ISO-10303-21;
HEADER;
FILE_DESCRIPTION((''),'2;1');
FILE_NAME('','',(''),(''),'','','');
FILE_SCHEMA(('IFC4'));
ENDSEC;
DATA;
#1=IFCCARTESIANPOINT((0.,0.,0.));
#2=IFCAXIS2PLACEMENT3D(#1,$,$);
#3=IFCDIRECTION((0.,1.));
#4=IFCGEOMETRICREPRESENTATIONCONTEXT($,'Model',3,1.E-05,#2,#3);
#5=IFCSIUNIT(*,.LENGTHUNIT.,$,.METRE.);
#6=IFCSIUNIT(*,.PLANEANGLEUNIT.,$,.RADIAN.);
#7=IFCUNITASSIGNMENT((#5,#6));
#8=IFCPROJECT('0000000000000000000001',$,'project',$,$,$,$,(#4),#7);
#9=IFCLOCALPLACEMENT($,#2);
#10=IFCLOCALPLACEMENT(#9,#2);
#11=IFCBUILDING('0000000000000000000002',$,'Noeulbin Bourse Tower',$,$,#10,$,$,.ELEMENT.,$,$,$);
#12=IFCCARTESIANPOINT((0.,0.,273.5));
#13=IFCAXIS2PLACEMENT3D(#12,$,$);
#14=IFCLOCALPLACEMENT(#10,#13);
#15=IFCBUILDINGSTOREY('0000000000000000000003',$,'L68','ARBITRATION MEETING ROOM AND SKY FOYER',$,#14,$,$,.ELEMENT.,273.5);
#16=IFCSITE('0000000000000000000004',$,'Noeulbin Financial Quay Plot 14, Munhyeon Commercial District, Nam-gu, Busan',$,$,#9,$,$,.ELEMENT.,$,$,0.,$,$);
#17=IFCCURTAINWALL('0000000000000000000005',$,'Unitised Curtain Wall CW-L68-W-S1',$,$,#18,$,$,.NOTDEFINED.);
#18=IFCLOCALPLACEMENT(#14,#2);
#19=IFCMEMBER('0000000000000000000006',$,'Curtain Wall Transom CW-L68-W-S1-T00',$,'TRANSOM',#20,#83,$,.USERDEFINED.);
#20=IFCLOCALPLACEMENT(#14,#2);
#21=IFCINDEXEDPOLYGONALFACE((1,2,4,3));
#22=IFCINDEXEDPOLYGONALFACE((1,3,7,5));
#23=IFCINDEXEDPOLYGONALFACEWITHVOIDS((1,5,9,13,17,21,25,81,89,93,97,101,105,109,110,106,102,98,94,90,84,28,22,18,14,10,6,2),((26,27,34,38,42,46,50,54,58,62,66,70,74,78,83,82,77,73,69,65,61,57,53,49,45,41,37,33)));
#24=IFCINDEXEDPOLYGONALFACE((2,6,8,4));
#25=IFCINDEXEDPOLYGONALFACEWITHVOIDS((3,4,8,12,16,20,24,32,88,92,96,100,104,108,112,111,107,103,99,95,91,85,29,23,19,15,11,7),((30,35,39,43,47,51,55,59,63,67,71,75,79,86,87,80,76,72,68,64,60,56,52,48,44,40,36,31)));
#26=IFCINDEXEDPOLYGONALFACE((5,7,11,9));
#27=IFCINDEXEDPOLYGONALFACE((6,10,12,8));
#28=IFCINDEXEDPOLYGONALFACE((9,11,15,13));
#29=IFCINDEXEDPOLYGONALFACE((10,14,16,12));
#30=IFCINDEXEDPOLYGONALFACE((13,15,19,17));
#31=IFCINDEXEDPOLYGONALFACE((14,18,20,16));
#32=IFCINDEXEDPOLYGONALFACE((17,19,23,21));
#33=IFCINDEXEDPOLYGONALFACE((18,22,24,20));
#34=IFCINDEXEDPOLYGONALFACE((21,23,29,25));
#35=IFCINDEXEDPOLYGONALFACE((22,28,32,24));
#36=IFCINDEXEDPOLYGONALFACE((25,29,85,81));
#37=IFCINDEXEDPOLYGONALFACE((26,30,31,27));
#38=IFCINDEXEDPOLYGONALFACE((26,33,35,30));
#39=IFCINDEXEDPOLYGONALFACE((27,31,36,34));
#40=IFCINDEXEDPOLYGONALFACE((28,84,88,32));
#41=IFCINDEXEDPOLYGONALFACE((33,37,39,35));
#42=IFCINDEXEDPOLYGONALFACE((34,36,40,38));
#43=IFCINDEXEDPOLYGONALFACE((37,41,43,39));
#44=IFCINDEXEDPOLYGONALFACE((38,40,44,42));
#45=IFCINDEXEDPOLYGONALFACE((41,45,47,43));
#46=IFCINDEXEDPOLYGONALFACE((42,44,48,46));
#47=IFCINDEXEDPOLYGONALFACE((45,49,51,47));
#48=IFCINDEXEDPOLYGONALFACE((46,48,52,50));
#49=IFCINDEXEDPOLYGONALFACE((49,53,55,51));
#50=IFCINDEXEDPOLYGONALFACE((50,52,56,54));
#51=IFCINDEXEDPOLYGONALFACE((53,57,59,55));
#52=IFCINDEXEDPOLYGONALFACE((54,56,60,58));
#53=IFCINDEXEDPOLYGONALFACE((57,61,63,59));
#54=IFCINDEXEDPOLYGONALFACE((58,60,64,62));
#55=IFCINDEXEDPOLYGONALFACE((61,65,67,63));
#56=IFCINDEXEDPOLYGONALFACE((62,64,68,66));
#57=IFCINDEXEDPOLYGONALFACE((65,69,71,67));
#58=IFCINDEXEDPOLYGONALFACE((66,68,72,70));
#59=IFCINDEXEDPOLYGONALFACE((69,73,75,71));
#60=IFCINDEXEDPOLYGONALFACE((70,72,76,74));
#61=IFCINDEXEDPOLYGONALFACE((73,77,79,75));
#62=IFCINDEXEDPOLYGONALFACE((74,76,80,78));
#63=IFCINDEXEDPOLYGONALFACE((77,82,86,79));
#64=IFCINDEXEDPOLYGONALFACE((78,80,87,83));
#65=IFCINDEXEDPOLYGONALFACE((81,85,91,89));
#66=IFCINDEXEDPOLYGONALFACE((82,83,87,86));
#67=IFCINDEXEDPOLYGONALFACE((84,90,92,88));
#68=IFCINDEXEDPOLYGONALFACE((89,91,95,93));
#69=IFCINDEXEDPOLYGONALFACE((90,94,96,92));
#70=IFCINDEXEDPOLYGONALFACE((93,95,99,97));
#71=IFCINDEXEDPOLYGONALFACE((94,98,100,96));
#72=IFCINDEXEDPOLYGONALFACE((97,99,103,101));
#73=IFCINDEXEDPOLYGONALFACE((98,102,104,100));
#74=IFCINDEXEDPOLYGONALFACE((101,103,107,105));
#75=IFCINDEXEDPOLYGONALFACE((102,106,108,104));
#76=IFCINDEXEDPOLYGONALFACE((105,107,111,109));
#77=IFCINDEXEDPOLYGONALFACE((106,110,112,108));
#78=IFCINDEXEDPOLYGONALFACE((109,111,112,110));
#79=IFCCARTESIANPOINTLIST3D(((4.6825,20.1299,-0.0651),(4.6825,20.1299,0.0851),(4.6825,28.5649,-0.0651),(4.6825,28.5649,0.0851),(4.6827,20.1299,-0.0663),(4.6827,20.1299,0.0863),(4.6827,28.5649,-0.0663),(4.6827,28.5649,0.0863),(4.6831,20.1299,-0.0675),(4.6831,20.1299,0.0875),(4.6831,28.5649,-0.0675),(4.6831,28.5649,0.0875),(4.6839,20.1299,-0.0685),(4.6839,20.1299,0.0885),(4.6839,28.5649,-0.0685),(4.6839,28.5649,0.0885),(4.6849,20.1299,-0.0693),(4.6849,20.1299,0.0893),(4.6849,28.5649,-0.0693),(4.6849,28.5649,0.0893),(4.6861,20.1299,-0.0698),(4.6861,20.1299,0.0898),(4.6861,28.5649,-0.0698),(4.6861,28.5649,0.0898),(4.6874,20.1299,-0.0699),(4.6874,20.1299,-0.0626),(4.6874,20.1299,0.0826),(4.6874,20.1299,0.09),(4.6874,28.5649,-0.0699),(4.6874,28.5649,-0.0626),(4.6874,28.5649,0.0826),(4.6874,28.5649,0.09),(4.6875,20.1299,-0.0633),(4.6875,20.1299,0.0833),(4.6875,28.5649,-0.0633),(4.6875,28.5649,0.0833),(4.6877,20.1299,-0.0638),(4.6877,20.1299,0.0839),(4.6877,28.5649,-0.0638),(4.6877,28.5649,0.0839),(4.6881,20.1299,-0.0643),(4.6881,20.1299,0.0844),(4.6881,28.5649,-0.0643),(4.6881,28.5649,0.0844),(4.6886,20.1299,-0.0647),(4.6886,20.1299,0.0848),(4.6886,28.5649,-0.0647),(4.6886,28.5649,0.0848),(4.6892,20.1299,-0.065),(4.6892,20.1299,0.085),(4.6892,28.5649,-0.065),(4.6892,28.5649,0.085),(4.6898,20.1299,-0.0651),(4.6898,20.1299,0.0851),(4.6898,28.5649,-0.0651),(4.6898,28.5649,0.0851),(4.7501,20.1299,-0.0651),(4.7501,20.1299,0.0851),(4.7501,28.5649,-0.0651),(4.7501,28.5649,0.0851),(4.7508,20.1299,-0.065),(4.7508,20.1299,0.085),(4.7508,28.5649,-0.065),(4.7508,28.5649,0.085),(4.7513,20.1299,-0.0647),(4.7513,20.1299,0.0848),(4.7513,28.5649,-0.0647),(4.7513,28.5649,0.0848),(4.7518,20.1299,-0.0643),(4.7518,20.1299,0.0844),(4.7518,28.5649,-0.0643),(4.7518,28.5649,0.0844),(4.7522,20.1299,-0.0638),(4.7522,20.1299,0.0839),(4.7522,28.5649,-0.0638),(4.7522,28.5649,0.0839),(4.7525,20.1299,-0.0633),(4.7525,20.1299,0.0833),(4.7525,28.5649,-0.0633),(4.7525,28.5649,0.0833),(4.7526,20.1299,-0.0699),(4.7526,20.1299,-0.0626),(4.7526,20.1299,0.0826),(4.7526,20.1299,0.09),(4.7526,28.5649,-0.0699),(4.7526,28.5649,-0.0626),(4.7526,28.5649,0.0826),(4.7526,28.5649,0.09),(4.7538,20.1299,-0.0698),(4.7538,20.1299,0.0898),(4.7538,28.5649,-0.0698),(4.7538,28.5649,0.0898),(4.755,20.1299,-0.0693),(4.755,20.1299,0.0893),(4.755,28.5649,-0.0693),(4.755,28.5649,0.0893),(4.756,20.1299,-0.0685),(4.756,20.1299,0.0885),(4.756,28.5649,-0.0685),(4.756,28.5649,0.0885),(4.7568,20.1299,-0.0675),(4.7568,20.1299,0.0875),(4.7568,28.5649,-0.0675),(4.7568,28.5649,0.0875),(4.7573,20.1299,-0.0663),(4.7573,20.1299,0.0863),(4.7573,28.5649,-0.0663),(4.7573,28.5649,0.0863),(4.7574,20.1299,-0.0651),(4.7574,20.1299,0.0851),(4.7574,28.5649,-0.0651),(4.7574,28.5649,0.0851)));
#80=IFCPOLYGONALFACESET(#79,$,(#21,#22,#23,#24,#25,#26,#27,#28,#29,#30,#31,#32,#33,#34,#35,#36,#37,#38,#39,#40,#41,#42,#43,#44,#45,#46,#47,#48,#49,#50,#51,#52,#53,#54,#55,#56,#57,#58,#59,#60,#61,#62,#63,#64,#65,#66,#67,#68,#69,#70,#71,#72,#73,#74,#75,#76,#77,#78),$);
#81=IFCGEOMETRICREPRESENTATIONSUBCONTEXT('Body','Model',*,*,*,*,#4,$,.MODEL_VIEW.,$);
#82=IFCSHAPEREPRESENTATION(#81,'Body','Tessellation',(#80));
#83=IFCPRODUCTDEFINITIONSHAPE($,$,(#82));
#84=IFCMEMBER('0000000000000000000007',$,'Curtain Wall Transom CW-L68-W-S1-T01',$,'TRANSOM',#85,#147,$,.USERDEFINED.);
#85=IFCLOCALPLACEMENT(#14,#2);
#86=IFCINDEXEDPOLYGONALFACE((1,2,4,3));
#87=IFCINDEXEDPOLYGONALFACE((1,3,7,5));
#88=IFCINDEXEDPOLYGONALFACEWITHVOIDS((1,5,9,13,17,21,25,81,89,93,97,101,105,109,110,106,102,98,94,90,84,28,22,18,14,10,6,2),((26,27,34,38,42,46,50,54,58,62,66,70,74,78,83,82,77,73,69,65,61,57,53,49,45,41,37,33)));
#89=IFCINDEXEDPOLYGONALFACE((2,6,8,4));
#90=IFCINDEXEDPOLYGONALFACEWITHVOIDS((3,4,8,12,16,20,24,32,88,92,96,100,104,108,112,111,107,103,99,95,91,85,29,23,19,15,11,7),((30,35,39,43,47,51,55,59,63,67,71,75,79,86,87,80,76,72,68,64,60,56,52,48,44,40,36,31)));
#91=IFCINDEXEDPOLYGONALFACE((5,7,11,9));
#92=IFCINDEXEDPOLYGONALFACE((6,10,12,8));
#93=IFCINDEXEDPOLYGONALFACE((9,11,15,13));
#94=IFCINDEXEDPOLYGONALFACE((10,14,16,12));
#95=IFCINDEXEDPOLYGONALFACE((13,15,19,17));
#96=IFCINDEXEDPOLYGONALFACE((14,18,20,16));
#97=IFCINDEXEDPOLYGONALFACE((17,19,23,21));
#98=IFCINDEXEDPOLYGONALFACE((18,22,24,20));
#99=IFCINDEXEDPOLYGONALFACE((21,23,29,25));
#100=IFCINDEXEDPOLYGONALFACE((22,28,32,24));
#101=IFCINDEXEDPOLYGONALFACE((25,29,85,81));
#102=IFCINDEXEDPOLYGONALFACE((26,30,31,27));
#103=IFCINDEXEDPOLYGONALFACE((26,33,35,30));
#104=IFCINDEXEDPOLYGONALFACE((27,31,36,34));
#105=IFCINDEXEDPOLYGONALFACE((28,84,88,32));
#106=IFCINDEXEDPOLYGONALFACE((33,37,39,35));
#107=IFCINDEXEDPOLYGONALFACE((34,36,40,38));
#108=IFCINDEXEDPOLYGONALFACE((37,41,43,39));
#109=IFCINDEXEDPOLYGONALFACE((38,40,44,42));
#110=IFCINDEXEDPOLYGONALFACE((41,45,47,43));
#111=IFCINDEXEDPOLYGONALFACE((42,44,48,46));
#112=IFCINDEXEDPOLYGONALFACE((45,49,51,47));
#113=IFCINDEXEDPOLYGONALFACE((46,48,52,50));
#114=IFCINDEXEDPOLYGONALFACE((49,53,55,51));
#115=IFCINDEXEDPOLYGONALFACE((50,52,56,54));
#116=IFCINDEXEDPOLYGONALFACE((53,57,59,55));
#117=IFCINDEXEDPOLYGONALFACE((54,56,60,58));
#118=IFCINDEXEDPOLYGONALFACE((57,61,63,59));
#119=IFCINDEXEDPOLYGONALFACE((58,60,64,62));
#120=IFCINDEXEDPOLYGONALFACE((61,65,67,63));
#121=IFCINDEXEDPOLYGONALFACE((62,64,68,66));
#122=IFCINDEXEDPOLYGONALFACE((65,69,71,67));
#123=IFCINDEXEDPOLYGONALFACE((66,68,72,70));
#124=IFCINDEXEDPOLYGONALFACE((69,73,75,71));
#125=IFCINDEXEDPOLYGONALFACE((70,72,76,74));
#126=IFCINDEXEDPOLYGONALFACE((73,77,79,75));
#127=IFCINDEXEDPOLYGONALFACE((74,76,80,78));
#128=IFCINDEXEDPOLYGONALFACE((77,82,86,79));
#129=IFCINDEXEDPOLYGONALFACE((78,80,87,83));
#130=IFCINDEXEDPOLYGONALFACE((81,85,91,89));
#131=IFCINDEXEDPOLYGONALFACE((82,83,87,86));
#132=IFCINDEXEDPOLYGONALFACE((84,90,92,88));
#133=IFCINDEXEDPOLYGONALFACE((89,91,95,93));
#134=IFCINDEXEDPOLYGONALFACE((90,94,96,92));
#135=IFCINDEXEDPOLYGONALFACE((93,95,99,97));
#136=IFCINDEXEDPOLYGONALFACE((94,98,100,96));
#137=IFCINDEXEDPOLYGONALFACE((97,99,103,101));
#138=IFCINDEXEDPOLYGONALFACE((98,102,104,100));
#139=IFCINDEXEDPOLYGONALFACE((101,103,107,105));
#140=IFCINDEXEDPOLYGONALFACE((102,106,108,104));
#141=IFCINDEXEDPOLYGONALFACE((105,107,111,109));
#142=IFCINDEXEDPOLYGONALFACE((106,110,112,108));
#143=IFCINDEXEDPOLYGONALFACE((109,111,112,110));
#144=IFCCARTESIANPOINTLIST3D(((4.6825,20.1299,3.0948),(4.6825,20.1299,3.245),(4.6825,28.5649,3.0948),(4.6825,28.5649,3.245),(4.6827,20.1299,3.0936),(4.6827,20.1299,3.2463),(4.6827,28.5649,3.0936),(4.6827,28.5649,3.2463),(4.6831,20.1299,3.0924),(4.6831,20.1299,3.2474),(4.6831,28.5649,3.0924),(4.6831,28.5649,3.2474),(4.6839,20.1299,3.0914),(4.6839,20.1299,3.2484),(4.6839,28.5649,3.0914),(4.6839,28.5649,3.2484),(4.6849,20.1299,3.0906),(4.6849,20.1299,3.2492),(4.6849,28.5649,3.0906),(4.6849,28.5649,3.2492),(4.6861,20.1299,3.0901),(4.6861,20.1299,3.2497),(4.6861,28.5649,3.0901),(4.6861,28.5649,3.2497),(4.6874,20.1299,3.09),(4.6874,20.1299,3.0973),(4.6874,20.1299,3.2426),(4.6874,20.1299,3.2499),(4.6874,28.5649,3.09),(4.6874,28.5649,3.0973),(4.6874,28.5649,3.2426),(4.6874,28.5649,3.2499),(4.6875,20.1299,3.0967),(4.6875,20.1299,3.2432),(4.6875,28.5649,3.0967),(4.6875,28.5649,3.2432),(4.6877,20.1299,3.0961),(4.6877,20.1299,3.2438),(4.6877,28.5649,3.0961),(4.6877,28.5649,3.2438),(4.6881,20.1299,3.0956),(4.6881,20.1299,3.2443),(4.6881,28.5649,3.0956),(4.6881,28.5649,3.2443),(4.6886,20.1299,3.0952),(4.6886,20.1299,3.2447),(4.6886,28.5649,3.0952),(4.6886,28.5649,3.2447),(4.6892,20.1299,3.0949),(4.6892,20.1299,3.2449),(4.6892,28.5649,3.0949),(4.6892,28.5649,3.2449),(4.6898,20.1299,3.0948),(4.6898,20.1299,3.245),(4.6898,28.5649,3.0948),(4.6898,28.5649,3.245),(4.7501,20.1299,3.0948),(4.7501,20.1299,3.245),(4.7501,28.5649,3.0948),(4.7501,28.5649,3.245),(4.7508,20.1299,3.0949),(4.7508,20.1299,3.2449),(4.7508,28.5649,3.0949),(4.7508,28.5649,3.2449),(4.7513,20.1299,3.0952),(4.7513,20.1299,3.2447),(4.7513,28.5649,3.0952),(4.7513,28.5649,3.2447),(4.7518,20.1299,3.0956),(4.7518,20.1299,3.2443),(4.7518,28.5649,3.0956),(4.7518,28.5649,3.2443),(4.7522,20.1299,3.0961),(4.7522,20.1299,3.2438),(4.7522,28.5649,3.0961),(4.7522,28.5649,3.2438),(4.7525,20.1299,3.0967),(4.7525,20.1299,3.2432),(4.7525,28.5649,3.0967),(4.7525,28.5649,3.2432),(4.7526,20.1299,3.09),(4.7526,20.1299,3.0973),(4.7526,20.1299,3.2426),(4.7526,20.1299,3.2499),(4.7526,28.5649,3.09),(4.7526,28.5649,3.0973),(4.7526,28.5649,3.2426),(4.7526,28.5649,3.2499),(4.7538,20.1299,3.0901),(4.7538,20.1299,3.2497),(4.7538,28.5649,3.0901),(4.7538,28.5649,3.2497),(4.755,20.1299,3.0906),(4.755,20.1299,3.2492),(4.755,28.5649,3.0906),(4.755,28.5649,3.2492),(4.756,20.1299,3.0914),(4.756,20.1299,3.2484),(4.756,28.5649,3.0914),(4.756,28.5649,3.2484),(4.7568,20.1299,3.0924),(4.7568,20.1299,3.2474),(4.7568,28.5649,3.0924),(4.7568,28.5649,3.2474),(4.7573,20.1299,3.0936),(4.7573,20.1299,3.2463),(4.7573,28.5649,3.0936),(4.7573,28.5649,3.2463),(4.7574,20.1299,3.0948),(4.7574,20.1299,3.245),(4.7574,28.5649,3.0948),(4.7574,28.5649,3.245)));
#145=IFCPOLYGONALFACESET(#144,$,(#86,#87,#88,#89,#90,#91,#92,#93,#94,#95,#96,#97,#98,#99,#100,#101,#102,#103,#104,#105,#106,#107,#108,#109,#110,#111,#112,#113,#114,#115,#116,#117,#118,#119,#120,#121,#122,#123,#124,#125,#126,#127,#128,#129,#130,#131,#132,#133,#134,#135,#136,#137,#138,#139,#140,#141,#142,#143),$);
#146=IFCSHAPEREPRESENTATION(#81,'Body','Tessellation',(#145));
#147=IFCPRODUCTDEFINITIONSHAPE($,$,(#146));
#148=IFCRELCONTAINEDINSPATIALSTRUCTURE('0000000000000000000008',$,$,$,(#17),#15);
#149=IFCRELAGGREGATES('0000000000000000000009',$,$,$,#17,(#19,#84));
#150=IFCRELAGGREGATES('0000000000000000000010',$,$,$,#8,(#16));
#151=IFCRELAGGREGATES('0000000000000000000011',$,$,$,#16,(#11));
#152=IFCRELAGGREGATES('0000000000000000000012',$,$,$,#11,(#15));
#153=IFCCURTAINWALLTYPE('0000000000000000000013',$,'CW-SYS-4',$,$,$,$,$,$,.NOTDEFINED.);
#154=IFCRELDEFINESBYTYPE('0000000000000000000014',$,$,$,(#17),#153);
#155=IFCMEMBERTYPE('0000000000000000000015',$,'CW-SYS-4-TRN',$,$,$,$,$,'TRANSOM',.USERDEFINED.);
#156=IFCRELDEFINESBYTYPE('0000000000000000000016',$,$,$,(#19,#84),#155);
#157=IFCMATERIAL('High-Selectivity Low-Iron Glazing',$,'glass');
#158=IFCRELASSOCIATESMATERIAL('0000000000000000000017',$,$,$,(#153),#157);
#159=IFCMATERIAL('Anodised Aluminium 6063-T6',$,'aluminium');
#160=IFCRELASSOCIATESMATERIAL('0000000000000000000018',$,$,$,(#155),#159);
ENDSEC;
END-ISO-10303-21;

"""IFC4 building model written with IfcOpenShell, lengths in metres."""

from ifc_helpers import new_model, si_unit, direction, frame, origin, origin_2d, place, context, subcontext, project, spatial, hollow_rectangle, extrude, material, material_profile, profile_set, type_object, element, aggregate, save


model = new_model("IFC4")

# Units and contexts
model_context = context("Model", 3, precision=1e-05, world=origin(), true_north=direction((0.0, 1.0)))
body_context = subcontext(model_context, "Body", "Model", "MODEL_VIEW")
ifc_project = project(units=[si_unit("LENGTHUNIT", "METRE"), si_unit("PLANEANGLEUNIT", "RADIAN")], contexts=[model_context])

# Site, building, storey
site_placement = place(None, origin())
site = spatial("IfcSite", under=ifc_project, at=site_placement, Name="Noeulbin Financial Quay Plot 14, Munhyeon Commercial District, Nam-gu, Busan", CompositionType="ELEMENT", RefElevation=0.0)
building_placement = place(site_placement, origin())
building = spatial("IfcBuilding", under=site, at=building_placement, Name="Noeulbin Bourse Tower", CompositionType="ELEMENT")
storey_placement = place(building_placement, frame((0.0, 0.0, 273.5)))
storey = spatial("IfcBuildingStorey", under=building, at=storey_placement, Name="L68", Description="ARBITRATION MEETING ROOM AND SKY FOYER", CompositionType="ELEMENT", Elevation=273.5)

# Curtain wall
ifc_material_1 = material(Name="High-Selectivity Low-Iron Glazing", Category="glass")
curtain_wall_type = type_object("IfcCurtainWallType", Name="CW-SYS-4", PredefinedType="NOTDEFINED", material=ifc_material_1)
curtain_wall_1_placement = place(storey_placement, origin())
curtain_wall_1 = element("IfcCurtainWall", 1, at=curtain_wall_1_placement, inside=storey, type_object=curtain_wall_type, Name="Unitised Curtain Wall CW-L68-W-S1", PredefinedType="NOTDEFINED")
ifc_material_2 = material(Name="Anodised Aluminium 6063-T6", Category="aluminium")

# Members
ifc_material_profile_1 = material_profile(ifc_material_2, hollow_rectangle(XDim=0.075, YDim=0.1599, WallThickness=0.0049, InnerFilletRadius=0.0024, OuterFilletRadius=0.0049, at=origin_2d()), Name="ALU-TRAN-75x160x5", Category="LoadBearing")
ifc_profile_set_1 = profile_set([ifc_material_profile_1], Name="Anodised Aluminium 6063-T6")
member_type_1 = type_object("IfcMemberType", Name="CW-SYS-4-TRN", ElementType="TRANSOM", PredefinedType="USERDEFINED", material=ifc_profile_set_1)
member_1_placement = place(storey_placement, frame((4.72, 20.1299, 0.01), z_axis=(0.0, 1.0, 0.0), x_axis=(-1.0, 0.0, 0.0)))
member_1 = element("IfcMember", 2, at=member_1_placement, type_object=member_type_1, Name="Curtain Wall Transom CW-L68-W-S1-T00", ObjectType="TRANSOM", PredefinedType="USERDEFINED", context=body_context, shape_type="SweptSolid", body=[
    extrude(hollow_rectangle(XDim=0.075, YDim=0.1599, WallThickness=0.0049, InnerFilletRadius=0.0024, OuterFilletRadius=0.0049, at=origin_2d()), origin(), (0.0, 0.0, 1.0), 8.4351),
])
member_2_placement = place(storey_placement, frame((4.72, 20.1299, 3.1699), z_axis=(0.0, 1.0, 0.0), x_axis=(-1.0, 0.0, 0.0)))
member_2 = element("IfcMember", 3, at=member_2_placement, type_object=member_type_1, Name="Curtain Wall Transom CW-L68-W-S1-T01", ObjectType="TRANSOM", PredefinedType="USERDEFINED", context=body_context, shape_type="SweptSolid", body=[
    extrude(hollow_rectangle(XDim=0.075, YDim=0.1599, WallThickness=0.0049, InnerFilletRadius=0.0024, OuterFilletRadius=0.0049, at=origin_2d()), origin(), (0.0, 0.0, 1.0), 8.4351),
])

aggregate(curtain_wall_1, [member_1, member_2])

save(model, "model.ifc")
